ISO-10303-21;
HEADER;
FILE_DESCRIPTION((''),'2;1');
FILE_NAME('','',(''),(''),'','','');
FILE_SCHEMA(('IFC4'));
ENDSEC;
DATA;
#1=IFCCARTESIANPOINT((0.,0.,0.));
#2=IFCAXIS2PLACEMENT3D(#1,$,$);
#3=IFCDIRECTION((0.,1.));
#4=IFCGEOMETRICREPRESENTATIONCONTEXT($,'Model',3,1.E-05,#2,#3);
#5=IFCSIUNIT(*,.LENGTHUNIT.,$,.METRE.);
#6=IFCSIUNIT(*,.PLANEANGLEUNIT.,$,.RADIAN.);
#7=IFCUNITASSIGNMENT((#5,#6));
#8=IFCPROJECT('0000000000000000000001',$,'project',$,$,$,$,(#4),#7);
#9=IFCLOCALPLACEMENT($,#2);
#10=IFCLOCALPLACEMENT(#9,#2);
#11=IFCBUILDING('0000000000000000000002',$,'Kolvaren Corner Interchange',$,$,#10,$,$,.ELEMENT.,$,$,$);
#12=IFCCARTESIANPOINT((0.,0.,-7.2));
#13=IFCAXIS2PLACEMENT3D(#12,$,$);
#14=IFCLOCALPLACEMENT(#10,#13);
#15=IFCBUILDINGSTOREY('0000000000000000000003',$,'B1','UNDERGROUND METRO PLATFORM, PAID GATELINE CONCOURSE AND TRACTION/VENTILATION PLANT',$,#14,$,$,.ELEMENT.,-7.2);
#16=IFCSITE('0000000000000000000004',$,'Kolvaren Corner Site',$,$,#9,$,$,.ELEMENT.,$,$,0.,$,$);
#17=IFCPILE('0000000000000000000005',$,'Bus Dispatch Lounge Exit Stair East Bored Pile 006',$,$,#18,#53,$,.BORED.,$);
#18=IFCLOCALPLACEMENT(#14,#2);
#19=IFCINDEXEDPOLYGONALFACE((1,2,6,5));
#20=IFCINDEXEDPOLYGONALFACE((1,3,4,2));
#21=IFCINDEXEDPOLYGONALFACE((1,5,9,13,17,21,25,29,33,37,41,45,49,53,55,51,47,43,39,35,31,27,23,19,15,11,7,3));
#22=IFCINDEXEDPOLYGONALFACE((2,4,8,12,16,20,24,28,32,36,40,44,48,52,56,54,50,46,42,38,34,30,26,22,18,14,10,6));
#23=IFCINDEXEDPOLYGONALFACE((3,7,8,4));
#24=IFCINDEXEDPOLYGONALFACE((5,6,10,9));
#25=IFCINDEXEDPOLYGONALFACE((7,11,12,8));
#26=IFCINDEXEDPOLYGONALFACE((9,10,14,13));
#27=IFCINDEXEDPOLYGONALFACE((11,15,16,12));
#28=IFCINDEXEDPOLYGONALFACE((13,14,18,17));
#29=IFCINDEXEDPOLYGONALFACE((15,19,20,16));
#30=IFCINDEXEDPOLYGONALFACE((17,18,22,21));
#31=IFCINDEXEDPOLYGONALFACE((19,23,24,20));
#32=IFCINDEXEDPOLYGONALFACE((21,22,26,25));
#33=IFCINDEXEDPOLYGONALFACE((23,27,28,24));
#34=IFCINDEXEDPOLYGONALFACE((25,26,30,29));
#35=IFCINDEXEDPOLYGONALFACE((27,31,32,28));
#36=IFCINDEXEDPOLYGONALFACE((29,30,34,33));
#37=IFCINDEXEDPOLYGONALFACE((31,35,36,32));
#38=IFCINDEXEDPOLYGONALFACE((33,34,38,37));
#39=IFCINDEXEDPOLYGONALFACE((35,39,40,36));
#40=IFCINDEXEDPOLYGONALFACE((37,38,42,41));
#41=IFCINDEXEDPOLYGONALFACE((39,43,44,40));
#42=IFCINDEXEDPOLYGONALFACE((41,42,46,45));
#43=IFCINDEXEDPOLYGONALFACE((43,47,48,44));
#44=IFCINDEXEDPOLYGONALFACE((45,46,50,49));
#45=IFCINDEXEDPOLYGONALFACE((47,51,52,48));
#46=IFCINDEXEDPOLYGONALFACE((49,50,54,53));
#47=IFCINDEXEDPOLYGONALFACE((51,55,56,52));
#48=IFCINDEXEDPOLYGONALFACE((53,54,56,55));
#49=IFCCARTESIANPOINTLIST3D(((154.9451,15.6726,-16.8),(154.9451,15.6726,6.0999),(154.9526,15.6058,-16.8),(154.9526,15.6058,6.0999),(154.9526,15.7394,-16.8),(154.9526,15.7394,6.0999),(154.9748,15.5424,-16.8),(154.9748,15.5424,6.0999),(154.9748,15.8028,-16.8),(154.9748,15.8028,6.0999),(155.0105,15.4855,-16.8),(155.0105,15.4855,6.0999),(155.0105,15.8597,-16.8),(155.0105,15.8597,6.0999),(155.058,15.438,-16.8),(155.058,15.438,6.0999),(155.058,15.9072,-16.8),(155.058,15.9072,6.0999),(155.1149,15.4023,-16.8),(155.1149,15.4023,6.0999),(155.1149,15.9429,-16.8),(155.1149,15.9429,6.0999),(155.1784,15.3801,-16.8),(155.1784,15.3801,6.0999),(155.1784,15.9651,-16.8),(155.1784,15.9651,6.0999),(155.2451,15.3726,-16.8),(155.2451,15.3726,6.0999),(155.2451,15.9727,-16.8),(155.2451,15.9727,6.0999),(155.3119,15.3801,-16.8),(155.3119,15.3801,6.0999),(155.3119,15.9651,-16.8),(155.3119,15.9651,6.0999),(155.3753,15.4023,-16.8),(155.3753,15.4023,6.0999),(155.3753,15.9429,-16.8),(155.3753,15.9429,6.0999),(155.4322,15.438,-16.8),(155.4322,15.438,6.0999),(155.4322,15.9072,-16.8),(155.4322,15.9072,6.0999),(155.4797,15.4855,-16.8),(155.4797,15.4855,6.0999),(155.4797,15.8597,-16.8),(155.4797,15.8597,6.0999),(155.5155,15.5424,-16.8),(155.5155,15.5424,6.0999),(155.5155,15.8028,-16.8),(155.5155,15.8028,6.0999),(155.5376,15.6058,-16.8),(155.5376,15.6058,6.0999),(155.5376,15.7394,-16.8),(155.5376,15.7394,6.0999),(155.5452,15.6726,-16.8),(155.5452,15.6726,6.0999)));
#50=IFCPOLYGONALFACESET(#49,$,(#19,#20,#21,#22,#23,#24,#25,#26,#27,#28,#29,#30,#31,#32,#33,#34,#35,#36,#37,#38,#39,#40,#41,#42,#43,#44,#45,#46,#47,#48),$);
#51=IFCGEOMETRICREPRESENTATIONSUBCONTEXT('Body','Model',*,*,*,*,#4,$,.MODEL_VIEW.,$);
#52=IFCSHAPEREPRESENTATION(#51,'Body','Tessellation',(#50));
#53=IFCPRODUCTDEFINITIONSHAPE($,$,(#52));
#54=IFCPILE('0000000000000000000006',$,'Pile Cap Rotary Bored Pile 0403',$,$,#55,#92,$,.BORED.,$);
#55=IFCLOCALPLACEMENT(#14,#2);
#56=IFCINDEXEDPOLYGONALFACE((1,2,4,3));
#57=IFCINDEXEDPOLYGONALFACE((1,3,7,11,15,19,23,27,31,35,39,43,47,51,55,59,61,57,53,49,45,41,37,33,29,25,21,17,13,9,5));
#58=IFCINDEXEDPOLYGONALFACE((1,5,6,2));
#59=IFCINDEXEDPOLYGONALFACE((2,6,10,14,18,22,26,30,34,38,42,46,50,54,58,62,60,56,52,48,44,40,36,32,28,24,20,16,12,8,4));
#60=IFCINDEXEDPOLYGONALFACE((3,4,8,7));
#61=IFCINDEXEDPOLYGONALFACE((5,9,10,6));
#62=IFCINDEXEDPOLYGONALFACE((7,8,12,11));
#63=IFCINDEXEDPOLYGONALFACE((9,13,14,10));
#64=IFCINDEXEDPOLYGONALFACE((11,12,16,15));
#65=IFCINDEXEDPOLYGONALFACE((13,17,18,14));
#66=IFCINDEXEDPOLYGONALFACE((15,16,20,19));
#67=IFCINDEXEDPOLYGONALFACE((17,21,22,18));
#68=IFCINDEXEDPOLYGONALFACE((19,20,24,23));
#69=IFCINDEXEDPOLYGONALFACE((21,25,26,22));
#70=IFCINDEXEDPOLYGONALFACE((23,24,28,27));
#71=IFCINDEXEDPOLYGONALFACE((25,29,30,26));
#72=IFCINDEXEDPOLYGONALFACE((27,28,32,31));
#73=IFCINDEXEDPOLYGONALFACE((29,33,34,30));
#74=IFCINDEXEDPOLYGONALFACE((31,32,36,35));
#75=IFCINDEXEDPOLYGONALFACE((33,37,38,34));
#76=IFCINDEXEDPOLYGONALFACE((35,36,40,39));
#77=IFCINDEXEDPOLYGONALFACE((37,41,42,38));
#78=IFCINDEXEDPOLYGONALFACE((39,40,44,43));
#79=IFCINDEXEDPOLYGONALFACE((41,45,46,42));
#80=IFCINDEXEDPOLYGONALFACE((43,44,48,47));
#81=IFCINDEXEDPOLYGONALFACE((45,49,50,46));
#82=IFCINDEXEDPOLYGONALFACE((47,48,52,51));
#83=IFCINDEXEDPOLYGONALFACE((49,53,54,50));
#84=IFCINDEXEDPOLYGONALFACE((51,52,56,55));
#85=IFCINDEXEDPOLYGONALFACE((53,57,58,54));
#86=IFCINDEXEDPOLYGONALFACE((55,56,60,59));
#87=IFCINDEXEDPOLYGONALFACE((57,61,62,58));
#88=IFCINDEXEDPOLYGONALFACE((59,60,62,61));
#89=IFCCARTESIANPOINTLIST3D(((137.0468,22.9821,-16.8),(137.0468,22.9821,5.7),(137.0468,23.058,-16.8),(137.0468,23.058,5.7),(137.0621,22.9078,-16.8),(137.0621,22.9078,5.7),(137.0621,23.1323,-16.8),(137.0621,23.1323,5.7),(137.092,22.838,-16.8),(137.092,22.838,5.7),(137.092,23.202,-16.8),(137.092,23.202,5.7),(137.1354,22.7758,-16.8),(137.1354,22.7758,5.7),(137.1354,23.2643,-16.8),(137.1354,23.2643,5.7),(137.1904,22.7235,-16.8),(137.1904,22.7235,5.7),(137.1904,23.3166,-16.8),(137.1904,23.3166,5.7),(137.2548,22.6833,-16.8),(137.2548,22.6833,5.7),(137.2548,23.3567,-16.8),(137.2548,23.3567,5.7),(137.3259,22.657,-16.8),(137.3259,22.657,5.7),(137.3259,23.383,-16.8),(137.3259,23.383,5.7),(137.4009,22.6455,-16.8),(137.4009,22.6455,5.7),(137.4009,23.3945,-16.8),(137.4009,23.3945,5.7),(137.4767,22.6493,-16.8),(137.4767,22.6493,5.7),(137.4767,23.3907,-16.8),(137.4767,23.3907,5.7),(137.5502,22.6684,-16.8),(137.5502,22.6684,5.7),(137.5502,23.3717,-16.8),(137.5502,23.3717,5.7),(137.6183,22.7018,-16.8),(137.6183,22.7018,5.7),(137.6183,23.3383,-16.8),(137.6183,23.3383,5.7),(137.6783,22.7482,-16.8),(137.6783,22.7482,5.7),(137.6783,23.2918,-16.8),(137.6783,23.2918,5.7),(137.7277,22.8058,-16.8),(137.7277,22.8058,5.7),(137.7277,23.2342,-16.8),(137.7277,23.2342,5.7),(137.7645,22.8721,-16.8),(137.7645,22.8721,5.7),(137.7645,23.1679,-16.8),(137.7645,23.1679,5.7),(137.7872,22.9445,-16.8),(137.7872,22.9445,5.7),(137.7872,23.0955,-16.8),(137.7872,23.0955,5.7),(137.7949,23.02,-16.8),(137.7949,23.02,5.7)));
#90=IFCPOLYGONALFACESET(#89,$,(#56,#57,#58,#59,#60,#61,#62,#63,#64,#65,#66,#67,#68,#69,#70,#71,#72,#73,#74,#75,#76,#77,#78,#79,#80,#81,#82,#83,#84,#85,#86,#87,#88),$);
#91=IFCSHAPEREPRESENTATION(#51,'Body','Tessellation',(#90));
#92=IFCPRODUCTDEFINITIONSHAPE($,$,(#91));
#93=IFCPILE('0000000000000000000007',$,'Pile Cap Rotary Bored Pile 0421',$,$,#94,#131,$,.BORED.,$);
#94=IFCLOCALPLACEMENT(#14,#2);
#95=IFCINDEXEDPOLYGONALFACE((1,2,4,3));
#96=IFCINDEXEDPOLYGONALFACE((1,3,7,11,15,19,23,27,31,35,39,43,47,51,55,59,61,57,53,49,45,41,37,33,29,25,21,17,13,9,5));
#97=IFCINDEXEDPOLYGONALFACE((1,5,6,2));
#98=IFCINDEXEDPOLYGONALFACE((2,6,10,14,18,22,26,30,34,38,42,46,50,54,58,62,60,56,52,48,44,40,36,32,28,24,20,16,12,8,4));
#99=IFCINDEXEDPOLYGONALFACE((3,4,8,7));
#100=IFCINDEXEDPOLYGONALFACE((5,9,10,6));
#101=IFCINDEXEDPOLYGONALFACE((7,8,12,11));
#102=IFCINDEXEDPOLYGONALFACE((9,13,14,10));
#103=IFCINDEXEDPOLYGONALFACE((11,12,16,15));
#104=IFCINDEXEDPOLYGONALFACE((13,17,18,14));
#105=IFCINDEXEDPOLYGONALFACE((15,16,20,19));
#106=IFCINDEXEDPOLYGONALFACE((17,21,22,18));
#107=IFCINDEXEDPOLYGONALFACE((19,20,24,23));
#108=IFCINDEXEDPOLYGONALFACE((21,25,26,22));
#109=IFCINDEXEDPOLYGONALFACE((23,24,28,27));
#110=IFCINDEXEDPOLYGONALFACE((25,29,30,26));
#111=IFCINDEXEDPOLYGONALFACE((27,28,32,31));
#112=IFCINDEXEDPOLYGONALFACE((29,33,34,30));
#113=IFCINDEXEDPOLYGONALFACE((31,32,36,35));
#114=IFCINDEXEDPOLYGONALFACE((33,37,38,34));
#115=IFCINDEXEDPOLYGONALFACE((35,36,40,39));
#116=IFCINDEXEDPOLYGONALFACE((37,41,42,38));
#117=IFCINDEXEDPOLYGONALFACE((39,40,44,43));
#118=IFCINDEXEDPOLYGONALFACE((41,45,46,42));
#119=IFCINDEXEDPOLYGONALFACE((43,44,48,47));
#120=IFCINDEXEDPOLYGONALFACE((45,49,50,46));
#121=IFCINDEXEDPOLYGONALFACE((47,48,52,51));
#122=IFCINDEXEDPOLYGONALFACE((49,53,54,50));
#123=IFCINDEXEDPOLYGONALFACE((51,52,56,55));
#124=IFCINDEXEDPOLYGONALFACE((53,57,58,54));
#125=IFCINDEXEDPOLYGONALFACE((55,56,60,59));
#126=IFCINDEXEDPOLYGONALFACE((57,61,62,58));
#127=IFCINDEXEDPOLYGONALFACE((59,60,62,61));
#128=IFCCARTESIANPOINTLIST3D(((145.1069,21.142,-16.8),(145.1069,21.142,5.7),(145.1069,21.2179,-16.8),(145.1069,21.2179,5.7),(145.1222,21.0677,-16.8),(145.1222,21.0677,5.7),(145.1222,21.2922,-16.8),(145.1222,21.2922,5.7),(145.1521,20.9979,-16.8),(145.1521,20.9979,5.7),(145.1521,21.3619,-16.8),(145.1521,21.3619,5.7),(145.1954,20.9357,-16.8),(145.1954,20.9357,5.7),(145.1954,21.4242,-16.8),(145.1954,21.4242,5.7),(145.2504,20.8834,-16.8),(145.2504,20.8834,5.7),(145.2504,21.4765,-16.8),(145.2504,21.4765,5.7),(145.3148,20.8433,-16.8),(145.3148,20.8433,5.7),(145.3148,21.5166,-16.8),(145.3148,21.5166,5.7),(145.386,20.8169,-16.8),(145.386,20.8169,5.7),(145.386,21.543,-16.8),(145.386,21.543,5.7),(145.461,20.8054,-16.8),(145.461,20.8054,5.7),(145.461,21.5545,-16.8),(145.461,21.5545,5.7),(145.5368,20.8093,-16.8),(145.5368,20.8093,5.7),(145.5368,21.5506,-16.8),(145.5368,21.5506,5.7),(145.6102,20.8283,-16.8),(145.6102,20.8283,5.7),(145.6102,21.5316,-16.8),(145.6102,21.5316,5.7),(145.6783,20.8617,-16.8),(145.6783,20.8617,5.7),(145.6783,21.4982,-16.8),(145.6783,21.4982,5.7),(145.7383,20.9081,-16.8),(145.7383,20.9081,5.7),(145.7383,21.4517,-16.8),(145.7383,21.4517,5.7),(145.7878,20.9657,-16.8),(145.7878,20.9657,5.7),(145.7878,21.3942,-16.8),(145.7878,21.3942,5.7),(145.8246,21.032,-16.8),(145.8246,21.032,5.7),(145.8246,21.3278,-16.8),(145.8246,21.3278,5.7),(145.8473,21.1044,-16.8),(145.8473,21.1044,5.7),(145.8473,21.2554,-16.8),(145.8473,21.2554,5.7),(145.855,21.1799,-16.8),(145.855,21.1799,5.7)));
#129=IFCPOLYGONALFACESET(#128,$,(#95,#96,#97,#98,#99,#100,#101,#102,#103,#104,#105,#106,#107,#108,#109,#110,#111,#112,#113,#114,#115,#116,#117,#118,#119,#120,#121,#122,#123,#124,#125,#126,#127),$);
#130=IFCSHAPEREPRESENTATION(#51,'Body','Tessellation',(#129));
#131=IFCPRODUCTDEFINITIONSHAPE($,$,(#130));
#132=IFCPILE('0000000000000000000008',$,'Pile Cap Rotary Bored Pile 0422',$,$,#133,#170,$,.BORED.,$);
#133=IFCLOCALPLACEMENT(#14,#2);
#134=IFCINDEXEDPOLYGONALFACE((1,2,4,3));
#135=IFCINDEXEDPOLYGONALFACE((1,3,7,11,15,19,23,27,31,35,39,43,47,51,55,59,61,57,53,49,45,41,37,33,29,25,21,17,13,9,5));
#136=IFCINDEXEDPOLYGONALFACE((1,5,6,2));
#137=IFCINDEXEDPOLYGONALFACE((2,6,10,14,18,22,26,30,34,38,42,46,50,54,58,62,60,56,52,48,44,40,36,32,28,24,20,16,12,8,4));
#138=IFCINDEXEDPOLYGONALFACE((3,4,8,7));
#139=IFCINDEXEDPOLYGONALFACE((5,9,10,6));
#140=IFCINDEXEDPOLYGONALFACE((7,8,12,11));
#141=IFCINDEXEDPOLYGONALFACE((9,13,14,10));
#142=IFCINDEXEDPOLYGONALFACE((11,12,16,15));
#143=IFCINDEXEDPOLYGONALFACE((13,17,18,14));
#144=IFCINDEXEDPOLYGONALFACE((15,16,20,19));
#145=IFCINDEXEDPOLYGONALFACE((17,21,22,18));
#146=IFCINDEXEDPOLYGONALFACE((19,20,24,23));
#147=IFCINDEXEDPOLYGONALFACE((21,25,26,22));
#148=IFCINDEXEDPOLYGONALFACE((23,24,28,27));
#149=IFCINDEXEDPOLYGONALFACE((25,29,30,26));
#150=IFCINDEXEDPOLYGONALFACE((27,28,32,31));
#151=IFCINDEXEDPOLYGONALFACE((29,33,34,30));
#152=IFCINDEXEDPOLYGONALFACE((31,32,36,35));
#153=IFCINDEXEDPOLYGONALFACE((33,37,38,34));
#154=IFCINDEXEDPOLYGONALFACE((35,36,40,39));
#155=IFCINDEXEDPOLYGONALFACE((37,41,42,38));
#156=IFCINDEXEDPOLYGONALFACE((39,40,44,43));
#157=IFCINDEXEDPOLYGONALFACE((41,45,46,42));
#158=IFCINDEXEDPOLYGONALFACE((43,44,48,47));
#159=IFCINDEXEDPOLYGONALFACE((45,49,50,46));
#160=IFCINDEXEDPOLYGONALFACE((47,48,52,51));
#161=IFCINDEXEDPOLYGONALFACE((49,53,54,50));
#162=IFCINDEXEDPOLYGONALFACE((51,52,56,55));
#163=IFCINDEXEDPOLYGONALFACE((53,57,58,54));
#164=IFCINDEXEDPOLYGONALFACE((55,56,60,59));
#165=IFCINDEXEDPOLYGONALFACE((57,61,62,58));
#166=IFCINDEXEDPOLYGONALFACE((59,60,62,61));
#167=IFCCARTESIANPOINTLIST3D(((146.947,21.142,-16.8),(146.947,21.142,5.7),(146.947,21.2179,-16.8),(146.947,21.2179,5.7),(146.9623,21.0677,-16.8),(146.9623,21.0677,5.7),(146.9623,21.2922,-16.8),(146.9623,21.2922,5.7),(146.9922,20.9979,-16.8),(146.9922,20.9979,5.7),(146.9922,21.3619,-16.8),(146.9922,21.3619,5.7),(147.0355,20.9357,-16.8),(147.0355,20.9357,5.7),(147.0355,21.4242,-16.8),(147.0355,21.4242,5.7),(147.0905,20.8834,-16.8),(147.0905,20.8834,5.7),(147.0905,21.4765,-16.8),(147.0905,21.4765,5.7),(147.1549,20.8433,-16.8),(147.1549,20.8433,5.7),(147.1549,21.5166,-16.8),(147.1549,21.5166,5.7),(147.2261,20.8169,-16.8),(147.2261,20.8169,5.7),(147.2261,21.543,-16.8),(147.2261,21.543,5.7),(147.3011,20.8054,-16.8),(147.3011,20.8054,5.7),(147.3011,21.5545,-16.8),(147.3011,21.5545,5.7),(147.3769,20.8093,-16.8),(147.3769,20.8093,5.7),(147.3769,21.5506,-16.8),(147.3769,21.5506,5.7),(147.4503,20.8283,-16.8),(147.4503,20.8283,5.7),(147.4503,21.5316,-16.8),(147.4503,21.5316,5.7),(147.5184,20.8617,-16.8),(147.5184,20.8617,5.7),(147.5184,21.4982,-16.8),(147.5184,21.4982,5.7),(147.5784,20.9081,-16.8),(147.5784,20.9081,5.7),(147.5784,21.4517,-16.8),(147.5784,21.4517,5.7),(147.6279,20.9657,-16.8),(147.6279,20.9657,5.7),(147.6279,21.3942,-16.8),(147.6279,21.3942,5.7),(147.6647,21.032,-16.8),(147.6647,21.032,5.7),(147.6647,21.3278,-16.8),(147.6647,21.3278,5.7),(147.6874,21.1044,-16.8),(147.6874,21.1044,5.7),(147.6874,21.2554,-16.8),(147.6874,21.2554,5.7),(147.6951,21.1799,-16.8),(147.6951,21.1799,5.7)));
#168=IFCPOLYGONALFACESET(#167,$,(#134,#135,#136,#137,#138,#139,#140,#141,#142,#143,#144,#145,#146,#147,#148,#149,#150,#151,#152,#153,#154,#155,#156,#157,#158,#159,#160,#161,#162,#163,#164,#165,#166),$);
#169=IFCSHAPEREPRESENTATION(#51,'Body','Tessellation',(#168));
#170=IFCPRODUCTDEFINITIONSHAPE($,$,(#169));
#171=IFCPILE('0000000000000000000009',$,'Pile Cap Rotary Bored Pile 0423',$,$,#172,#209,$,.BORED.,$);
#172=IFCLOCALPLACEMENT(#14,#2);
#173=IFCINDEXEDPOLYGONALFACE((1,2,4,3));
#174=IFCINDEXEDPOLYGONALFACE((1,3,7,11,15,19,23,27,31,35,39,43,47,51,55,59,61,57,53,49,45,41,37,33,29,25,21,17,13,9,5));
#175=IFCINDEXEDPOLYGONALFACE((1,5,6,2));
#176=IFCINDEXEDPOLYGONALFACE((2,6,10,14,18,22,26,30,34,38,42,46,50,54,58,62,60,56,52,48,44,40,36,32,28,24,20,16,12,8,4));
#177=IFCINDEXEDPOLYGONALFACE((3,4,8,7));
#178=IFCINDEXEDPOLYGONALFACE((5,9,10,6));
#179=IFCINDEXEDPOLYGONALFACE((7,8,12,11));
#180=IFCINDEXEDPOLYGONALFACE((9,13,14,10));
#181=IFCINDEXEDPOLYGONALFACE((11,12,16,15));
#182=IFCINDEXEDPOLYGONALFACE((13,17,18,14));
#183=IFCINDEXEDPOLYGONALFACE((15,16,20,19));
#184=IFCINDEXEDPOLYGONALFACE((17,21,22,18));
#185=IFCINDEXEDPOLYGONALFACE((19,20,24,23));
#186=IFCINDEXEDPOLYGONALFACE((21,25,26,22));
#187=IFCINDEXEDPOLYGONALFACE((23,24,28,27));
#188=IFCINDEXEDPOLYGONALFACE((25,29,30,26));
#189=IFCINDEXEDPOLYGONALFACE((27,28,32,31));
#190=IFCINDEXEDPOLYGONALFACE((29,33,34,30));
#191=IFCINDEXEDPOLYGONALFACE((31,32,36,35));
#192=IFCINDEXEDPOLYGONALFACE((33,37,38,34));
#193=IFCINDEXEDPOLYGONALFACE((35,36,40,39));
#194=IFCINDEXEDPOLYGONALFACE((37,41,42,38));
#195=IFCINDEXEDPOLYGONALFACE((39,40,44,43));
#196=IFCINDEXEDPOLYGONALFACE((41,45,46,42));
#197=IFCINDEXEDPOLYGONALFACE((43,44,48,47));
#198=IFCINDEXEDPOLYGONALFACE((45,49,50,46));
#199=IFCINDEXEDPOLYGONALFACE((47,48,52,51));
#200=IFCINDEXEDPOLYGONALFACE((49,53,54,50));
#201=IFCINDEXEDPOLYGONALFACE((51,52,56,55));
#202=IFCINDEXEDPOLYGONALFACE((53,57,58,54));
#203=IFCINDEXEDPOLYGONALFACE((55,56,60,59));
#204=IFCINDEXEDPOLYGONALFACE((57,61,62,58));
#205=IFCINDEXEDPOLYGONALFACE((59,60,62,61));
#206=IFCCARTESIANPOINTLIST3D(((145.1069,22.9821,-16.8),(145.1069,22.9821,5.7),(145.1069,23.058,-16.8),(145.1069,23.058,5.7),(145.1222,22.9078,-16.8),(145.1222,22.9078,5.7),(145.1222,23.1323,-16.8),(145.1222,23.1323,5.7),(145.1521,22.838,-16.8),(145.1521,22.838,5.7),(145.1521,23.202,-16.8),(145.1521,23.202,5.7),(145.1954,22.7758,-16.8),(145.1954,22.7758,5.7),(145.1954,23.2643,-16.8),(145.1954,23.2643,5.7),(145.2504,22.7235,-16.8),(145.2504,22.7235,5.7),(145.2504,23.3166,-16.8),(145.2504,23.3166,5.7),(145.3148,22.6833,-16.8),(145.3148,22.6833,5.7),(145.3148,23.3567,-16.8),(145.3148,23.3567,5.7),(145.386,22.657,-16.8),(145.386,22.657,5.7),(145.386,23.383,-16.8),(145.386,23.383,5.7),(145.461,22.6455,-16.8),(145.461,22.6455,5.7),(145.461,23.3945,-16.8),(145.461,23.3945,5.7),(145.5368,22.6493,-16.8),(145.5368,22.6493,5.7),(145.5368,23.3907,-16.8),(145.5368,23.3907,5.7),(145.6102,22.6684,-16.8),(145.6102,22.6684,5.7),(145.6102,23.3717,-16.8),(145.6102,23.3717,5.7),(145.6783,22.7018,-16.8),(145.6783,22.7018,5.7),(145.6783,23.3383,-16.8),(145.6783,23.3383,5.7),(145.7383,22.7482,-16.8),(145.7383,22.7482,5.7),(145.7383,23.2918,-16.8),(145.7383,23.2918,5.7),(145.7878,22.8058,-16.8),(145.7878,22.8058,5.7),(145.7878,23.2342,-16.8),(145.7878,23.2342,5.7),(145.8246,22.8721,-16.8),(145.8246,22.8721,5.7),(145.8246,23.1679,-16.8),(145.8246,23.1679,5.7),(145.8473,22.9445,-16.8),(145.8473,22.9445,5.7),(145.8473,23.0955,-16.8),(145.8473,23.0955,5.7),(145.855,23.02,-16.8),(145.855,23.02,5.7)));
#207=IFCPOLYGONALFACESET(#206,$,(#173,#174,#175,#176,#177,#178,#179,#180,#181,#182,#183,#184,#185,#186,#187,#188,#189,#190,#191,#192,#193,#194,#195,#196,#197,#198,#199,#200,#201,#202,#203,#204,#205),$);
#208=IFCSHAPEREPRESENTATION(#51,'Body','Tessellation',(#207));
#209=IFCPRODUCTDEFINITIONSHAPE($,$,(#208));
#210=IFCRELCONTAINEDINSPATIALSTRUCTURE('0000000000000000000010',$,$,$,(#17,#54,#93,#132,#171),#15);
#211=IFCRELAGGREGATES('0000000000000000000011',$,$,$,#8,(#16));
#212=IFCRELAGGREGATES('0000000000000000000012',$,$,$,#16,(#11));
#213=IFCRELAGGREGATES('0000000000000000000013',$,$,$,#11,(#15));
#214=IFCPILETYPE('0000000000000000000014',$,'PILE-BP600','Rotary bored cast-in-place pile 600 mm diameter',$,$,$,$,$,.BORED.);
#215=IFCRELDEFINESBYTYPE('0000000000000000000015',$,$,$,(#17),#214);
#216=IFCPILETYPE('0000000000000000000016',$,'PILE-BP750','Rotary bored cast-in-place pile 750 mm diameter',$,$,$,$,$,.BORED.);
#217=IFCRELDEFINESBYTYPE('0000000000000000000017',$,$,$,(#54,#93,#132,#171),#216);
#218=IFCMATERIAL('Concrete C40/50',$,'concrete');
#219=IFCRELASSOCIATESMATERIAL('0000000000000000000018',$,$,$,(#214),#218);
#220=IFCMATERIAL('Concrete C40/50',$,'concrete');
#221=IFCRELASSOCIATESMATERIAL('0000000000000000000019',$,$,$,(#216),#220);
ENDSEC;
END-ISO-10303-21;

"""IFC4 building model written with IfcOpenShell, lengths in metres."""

from ifc_helpers import new_model, si_unit, direction, frame, origin, origin_2d, place, context, subcontext, project, spatial, circle, extrude, material, material_profile, profile_set, type_object, element, save


model = new_model("IFC4")

# Units and contexts
model_context = context("Model", 3, precision=1e-05, world=origin(), true_north=direction((0.0, 1.0)))
body_context = subcontext(model_context, "Body", "Model", "MODEL_VIEW")
ifc_project = project(units=[si_unit("LENGTHUNIT", "METRE"), si_unit("PLANEANGLEUNIT", "RADIAN")], contexts=[model_context])

# Site, building, storey
site_placement = place(None, origin())
site = spatial("IfcSite", under=ifc_project, at=site_placement, Name="Kolvaren Corner Site", CompositionType="ELEMENT", RefElevation=0.0)
building_placement = place(site_placement, origin())
building = spatial("IfcBuilding", under=site, at=building_placement, Name="Kolvaren Corner Interchange", CompositionType="ELEMENT")
storey_placement = place(building_placement, frame((0.0, 0.0, -7.2)))
storey = spatial("IfcBuildingStorey", under=building, at=storey_placement, Name="B1", Description="UNDERGROUND METRO PLATFORM, PAID GATELINE CONCOURSE AND TRACTION/VENTILATION PLANT", CompositionType="ELEMENT", Elevation=-7.2)

# Piles
ifc_material_1 = material(Name="Concrete C40/50", Category="concrete")
ifc_material_profile_1 = material_profile(ifc_material_1, circle(Radius=0.3, at=origin_2d()), Name="BORED PILE 600")
ifc_profile_set_1 = profile_set([ifc_material_profile_1], Name="Concrete C40/50")
pile_type_1 = type_object("IfcPileType", Name="PILE-BP600", Description="Rotary bored cast-in-place pile 600 mm diameter", PredefinedType="BORED", material=ifc_profile_set_1)
for number, where, z_axis, x_axis, name in (
    (1, (155.2451, 15.6726, 6.0999), (0.0, 0.0, -1.0), (1.0, 0.0, 0.0), "Bus Dispatch Lounge Exit Stair East Bored Pile 006"),
):
    element("IfcPile", number, at=place(storey_placement, frame(where, z_axis=z_axis, x_axis=x_axis)), inside=storey, type_object=pile_type_1, Name=name, PredefinedType="BORED", context=body_context, shape_type="SweptSolid", body=[
        extrude(circle(Radius=0.3, at=origin_2d()), origin(), (0.0, 0.0, 1.0), 22.8999),
    ])
ifc_material_2 = material(Name="Concrete C40/50", Category="concrete")
ifc_material_profile_2 = material_profile(ifc_material_2, circle(Radius=0.375, at=origin_2d()), Name="BORED PILE 750")
ifc_profile_set_2 = profile_set([ifc_material_profile_2], Name="Concrete C40/50")
pile_type_2 = type_object("IfcPileType", Name="PILE-BP750", Description="Rotary bored cast-in-place pile 750 mm diameter", PredefinedType="BORED", material=ifc_profile_set_2)
for number, where, z_axis, x_axis, name in (
    (2, (137.4199, 23.02, 5.7), (0.0, 0.0, -1.0), (1.0, 0.0, 0.0), "Pile Cap Rotary Bored Pile 0403"),
    (3, (145.48, 21.1799, 5.7), (0.0, 0.0, -1.0), (1.0, 0.0, 0.0), "Pile Cap Rotary Bored Pile 0421"),
    (4, (147.3201, 21.1799, 5.7), (0.0, 0.0, -1.0), (1.0, 0.0, 0.0), "Pile Cap Rotary Bored Pile 0422"),
    (5, (145.48, 23.02, 5.7), (0.0, 0.0, -1.0), (1.0, 0.0, 0.0), "Pile Cap Rotary Bored Pile 0423"),
):
    element("IfcPile", number, at=place(storey_placement, frame(where, z_axis=z_axis, x_axis=x_axis)), inside=storey, type_object=pile_type_2, Name=name, PredefinedType="BORED", context=body_context, shape_type="SweptSolid", body=[
        extrude(circle(Radius=0.375, at=origin_2d()), origin(), (0.0, 0.0, 1.0), 22.5),
    ])

save(model, "model.ifc")
